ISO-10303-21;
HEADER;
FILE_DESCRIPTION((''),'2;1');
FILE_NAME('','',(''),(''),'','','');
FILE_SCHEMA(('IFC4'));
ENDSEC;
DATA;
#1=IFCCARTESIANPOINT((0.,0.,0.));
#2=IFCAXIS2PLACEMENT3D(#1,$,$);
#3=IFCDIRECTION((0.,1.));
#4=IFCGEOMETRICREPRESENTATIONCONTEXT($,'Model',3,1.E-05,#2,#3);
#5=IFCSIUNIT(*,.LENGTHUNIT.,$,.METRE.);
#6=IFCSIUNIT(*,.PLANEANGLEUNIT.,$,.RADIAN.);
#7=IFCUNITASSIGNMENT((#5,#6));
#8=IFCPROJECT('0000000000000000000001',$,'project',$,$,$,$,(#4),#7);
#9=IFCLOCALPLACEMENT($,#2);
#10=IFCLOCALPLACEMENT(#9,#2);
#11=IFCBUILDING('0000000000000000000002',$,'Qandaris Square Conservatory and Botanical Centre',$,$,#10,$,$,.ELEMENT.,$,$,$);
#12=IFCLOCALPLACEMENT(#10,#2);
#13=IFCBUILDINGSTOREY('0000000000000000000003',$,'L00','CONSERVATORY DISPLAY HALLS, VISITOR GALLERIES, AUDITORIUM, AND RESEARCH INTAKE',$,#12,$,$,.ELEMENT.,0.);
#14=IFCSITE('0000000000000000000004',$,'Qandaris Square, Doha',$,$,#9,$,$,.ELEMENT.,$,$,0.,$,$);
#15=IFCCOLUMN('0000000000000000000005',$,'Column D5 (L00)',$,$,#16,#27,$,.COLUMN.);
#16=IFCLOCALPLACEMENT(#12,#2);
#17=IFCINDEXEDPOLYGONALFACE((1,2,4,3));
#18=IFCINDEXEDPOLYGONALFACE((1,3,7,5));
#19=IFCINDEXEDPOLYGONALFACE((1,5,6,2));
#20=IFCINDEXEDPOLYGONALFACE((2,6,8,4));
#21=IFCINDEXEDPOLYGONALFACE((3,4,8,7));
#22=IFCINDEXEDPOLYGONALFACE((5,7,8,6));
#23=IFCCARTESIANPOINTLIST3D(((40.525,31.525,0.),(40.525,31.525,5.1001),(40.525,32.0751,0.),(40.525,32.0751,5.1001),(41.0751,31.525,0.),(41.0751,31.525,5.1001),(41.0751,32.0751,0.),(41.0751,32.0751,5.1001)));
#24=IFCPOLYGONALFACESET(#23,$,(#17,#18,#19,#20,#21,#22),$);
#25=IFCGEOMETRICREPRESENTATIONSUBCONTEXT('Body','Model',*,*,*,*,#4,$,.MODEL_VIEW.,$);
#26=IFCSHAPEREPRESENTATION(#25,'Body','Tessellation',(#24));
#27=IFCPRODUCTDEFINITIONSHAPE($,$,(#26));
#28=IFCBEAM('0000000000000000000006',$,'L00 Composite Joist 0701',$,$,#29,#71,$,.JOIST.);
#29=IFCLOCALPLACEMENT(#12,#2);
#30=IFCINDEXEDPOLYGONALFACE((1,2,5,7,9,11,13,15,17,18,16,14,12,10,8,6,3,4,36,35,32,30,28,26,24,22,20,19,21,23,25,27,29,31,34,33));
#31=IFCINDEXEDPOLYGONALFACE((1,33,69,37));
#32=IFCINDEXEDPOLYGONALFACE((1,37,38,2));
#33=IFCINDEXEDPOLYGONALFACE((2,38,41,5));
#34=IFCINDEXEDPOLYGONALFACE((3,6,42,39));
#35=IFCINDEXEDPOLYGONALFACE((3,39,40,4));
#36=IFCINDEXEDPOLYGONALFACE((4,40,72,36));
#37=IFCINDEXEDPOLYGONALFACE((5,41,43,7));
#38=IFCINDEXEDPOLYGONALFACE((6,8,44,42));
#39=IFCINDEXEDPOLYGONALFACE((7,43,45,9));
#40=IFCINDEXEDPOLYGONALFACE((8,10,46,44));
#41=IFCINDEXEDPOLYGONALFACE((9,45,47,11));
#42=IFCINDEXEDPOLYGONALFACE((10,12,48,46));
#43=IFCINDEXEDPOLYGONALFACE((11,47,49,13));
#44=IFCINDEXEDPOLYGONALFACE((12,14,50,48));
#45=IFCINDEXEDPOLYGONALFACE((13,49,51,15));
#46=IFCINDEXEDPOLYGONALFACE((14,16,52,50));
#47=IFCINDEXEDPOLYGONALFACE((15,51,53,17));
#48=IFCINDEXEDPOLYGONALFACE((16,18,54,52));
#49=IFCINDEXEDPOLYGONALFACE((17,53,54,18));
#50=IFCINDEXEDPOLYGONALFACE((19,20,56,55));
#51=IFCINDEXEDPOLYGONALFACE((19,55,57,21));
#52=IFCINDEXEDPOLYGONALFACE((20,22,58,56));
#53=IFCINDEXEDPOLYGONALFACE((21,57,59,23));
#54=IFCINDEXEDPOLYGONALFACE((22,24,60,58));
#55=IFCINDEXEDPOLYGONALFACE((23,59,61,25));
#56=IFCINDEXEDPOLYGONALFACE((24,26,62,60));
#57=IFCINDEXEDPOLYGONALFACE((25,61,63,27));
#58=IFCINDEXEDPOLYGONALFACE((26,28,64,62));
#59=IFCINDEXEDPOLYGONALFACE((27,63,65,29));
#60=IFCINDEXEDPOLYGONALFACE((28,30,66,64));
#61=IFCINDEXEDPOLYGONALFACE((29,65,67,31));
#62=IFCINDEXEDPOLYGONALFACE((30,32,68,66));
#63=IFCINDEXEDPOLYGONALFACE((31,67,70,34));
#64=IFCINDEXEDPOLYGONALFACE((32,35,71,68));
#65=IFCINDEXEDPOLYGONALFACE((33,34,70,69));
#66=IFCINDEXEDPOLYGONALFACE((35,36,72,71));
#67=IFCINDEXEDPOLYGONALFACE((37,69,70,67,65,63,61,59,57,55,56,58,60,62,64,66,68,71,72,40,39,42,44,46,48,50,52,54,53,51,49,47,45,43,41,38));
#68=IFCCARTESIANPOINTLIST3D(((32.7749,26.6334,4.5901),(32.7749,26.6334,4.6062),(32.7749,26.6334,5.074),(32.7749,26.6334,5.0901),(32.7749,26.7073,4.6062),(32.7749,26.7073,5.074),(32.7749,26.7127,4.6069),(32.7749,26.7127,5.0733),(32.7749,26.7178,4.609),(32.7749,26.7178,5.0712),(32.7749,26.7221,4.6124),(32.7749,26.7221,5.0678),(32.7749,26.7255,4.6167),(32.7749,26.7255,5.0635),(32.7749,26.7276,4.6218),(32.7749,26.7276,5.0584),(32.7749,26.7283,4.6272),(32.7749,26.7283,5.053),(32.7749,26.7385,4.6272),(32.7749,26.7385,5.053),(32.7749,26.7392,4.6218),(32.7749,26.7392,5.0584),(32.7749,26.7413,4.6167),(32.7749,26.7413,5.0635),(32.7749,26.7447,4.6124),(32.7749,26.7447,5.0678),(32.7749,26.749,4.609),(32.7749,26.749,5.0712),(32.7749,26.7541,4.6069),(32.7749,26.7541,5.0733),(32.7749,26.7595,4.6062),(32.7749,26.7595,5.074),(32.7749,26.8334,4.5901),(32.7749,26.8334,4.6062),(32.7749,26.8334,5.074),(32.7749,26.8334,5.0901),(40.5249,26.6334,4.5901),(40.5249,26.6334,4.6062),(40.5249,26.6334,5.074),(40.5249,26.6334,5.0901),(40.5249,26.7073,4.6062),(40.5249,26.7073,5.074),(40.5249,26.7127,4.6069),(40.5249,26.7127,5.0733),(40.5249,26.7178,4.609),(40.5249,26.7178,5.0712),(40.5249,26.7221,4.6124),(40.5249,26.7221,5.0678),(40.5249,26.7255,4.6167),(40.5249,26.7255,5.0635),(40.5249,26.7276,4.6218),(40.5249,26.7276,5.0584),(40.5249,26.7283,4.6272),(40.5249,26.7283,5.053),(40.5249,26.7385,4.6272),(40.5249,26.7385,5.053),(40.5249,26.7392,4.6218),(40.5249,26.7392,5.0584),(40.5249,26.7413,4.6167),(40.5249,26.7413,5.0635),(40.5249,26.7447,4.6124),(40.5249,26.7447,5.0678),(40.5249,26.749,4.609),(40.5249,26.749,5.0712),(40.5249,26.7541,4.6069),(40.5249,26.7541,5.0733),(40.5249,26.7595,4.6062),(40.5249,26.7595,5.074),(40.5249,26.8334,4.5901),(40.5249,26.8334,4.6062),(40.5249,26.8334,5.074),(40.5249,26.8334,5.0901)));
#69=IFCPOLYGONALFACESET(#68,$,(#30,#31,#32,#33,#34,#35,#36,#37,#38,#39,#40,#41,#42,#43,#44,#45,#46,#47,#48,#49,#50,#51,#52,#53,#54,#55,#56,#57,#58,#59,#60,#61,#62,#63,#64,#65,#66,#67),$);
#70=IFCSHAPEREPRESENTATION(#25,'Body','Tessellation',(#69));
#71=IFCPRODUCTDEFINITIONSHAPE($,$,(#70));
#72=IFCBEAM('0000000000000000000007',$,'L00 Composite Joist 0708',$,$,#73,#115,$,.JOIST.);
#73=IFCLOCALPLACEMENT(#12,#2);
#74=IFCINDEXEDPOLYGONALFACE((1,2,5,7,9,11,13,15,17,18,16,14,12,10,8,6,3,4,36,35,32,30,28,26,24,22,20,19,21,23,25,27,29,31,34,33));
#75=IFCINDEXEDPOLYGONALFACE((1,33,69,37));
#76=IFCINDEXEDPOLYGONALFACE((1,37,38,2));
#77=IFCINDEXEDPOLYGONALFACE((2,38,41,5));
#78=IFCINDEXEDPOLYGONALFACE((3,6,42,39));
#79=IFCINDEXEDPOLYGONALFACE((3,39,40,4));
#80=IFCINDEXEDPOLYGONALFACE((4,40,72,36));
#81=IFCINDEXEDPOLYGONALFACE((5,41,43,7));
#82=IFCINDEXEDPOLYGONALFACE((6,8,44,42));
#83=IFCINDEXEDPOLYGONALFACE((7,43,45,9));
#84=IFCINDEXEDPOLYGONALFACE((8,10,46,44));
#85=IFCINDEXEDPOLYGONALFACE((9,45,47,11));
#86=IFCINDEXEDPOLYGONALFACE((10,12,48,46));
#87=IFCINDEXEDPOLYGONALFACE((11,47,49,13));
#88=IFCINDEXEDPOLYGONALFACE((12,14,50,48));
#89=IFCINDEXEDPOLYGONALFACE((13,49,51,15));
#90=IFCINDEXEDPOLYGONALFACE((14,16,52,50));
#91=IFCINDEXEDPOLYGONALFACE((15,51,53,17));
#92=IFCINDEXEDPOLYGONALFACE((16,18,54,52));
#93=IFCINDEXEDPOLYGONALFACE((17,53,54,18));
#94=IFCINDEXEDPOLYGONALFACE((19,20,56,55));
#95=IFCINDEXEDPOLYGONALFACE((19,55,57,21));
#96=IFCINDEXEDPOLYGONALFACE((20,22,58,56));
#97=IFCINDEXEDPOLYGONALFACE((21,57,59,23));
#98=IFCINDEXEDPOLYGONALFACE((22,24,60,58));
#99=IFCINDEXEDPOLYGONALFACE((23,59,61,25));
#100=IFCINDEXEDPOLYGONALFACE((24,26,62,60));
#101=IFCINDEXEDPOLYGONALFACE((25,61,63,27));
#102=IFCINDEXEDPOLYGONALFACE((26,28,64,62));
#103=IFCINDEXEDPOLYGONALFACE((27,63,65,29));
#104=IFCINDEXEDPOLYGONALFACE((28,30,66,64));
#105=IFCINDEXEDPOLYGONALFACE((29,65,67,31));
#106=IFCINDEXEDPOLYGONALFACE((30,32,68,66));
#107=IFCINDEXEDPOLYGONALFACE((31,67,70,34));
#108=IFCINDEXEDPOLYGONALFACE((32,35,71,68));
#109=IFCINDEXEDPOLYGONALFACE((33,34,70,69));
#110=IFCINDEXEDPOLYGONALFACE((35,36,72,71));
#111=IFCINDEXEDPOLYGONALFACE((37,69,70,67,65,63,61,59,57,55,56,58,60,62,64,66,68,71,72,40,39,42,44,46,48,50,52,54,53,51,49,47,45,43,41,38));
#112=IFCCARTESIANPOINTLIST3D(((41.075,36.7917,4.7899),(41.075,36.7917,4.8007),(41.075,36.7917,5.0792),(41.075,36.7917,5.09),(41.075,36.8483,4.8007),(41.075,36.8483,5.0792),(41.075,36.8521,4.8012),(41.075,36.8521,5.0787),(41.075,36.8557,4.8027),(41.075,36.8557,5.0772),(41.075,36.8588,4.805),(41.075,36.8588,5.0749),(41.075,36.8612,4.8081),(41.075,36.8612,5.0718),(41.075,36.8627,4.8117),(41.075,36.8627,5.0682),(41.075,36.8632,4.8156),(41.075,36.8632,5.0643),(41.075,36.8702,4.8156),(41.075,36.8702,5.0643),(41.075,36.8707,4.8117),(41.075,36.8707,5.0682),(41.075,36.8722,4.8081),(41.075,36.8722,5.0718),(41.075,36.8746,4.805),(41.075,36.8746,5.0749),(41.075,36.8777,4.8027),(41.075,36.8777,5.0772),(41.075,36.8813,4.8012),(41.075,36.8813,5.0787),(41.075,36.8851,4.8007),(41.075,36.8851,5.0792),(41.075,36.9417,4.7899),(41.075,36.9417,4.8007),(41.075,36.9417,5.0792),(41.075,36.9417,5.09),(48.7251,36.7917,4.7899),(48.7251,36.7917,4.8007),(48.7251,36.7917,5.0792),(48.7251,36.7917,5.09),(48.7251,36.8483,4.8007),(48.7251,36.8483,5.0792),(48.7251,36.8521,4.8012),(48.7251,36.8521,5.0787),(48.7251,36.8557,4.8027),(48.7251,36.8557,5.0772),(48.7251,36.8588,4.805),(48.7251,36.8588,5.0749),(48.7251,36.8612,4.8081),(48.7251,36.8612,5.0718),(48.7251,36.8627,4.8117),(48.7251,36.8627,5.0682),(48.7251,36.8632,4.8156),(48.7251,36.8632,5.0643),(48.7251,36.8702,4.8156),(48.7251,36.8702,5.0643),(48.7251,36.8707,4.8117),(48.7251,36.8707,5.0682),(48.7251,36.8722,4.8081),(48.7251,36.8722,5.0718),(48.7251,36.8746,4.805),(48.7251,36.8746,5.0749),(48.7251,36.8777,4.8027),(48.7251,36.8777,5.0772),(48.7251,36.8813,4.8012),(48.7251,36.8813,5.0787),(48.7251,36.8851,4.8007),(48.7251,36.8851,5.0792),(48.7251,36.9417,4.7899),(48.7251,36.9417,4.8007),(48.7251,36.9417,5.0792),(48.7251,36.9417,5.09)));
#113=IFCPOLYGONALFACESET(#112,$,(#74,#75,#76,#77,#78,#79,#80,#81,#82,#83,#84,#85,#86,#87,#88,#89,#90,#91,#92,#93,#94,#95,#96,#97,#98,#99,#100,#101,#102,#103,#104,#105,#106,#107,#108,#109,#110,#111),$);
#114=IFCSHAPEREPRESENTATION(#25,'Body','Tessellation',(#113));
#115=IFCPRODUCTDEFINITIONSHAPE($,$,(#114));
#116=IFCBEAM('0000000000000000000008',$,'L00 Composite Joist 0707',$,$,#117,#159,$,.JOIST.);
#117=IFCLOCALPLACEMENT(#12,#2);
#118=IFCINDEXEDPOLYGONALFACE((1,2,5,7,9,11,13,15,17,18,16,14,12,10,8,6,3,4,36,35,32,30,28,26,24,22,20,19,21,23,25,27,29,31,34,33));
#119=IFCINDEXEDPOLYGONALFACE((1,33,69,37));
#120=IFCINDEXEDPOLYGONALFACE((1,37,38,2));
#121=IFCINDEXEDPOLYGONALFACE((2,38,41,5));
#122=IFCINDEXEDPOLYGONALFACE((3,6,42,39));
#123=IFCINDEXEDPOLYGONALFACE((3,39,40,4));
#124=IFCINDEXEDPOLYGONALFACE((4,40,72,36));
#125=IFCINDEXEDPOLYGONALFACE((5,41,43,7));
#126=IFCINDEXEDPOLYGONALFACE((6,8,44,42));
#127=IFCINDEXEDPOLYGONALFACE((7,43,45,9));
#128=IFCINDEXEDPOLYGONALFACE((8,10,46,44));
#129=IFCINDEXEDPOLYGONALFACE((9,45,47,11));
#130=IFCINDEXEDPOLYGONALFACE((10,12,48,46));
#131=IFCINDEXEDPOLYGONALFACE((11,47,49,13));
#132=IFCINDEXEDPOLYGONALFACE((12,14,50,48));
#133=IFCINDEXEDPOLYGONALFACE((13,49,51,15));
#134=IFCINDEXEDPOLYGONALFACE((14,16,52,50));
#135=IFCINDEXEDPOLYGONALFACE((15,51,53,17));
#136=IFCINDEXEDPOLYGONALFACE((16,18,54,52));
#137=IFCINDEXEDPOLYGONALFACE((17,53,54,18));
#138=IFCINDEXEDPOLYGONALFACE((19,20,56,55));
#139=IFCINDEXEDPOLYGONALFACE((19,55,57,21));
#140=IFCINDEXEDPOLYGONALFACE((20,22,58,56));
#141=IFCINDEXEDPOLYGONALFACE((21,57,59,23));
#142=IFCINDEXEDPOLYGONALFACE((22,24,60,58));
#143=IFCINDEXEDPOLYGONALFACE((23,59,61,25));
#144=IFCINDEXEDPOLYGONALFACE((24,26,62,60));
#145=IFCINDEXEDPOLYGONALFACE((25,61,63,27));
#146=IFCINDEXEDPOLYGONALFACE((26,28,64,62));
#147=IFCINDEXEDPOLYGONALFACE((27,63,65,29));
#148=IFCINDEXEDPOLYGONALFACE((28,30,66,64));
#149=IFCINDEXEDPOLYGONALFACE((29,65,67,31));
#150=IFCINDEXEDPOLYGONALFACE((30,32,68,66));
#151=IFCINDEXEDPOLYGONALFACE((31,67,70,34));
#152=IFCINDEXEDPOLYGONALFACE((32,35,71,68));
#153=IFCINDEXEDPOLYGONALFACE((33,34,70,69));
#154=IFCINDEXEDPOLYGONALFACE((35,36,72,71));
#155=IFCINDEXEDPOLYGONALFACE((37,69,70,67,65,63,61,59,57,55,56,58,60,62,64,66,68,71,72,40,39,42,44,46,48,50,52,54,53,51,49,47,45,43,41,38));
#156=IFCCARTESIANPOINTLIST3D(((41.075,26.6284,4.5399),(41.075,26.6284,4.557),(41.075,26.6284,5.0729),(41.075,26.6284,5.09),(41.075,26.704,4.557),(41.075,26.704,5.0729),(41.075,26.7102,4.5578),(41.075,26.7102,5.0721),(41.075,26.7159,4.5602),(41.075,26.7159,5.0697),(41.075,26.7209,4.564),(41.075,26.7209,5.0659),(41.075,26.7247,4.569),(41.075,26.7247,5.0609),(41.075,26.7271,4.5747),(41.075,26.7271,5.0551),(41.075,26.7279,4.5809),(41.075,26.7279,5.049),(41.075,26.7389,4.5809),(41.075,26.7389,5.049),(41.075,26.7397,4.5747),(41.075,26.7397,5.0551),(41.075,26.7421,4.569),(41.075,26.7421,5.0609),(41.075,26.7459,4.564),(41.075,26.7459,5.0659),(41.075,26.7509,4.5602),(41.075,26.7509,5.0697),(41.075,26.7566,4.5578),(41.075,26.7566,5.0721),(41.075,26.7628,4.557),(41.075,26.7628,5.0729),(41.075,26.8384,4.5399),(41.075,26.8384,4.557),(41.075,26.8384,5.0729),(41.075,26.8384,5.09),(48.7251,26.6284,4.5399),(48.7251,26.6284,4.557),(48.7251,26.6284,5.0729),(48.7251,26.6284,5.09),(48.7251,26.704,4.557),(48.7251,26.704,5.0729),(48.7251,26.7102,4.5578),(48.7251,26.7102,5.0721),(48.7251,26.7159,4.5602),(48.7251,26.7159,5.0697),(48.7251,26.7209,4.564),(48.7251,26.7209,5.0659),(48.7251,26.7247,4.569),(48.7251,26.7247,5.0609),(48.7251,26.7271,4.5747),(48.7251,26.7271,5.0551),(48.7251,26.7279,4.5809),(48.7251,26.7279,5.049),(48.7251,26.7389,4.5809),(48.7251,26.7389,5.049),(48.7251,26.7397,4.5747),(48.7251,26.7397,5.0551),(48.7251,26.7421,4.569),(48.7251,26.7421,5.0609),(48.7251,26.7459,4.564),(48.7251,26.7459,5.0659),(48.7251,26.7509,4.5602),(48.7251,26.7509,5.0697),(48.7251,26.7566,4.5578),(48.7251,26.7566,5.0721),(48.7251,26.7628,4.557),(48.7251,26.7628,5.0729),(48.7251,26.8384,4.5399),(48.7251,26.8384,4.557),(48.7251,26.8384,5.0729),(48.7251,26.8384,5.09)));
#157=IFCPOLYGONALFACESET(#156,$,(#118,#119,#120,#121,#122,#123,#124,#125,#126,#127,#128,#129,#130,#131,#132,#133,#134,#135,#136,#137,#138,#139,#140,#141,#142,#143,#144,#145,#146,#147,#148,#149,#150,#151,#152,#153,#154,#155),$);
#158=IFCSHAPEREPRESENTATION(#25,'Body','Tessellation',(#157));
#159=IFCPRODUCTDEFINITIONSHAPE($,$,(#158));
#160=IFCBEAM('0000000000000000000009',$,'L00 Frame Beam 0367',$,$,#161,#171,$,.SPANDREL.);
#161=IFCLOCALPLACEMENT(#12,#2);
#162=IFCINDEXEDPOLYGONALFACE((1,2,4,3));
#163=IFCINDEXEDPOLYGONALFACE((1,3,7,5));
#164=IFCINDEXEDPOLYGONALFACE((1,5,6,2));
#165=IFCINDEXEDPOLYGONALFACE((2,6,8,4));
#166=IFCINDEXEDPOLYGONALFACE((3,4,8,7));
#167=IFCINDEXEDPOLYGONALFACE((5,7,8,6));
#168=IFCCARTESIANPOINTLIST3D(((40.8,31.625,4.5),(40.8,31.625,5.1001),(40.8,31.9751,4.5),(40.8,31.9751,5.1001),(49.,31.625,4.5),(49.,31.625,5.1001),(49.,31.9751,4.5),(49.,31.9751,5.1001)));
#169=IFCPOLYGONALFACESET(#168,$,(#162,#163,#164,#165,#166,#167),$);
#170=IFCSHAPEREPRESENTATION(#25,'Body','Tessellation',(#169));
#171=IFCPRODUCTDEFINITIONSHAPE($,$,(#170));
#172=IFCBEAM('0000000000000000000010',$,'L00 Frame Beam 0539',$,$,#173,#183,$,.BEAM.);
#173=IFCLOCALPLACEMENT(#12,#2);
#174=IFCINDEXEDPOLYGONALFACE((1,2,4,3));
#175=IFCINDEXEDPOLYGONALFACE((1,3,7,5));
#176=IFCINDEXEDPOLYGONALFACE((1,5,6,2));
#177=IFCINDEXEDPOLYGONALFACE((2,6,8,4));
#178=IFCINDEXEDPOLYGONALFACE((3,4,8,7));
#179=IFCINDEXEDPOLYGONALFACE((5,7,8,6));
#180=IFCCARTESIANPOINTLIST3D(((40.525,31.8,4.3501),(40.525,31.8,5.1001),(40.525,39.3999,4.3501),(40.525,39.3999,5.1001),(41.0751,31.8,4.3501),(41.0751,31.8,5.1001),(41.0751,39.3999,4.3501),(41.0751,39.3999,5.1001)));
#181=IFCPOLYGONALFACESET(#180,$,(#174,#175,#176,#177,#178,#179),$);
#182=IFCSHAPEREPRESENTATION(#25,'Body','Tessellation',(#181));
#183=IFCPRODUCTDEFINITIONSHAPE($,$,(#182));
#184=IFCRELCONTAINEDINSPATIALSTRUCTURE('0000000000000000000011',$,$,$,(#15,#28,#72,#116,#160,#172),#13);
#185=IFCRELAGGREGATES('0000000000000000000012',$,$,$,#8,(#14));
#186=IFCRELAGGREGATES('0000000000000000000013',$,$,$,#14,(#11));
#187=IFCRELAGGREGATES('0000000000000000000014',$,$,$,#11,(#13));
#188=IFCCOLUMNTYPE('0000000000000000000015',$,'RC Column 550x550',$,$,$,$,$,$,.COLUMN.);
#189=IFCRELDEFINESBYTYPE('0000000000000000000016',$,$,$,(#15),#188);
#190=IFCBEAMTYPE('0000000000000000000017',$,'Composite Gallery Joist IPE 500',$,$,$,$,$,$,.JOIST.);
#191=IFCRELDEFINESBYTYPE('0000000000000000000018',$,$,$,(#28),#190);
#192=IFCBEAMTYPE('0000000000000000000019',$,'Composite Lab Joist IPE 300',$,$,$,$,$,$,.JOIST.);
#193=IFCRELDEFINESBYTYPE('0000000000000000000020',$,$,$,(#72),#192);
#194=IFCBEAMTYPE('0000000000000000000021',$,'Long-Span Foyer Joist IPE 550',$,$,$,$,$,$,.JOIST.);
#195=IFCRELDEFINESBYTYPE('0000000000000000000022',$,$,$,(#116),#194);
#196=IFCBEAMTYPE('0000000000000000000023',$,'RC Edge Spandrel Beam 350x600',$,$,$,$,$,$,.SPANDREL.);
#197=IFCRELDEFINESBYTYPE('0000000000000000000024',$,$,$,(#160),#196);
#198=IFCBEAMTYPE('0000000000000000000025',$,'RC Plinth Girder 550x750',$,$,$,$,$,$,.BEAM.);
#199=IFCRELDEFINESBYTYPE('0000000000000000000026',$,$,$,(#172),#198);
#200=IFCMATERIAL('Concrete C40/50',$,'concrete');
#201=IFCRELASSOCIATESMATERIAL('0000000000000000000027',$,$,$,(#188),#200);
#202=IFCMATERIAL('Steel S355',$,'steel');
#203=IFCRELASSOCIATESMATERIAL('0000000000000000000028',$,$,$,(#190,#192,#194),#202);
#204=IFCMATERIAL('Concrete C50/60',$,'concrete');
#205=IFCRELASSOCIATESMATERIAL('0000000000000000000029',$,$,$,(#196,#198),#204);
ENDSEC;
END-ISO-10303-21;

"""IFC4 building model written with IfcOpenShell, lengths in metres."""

from ifc_helpers import new_model, si_unit, direction, frame, origin, origin_2d, place, context, subcontext, project, spatial, rectangle, i_section, extrude, material, material_profile, profile_set, type_object, element, save


model = new_model("IFC4")

# Units and contexts
model_context = context("Model", 3, precision=1e-05, world=origin(), true_north=direction((0.0, 1.0)))
body_context = subcontext(model_context, "Body", "Model", "MODEL_VIEW")
ifc_project = project(units=[si_unit("LENGTHUNIT", "METRE"), si_unit("PLANEANGLEUNIT", "RADIAN")], contexts=[model_context])

# Site, building, storey
site_placement = place(None, origin())
site = spatial("IfcSite", under=ifc_project, at=site_placement, Name="Qandaris Square, Doha", CompositionType="ELEMENT", RefElevation=0.0)
building_placement = place(site_placement, origin())
building = spatial("IfcBuilding", under=site, at=building_placement, Name="Qandaris Square Conservatory and Botanical Centre", CompositionType="ELEMENT")
storey_placement = place(building_placement, origin())
storey = spatial("IfcBuildingStorey", under=building, at=storey_placement, Name="L00", Description="CONSERVATORY DISPLAY HALLS, VISITOR GALLERIES, AUDITORIUM, AND RESEARCH INTAKE", CompositionType="ELEMENT", Elevation=0.0)

# Shared definitions
ifc_material_1 = material(Name="Concrete C50/60", Category="concrete")

# Shared definitions
ifc_material_2 = material(Name="Concrete C40/50", Category="concrete")

# Column
ifc_material_profile_1 = material_profile(ifc_material_2, rectangle(XDim=0.55, YDim=0.55, at=origin_2d()), Name="RC-COL 550x550")
ifc_profile_set_1 = profile_set([ifc_material_profile_1], Name="Concrete C40/50")
column_type = type_object("IfcColumnType", Name="RC Column 550x550", PredefinedType="COLUMN", material=ifc_profile_set_1)
column_placement = place(storey_placement, frame((40.8, 31.8, 0.0), z_axis=(0.0, 0.0, 1.0), x_axis=(1.0, 0.0, 0.0)))
element("IfcColumn", 1, at=column_placement, inside=storey, type_object=column_type, Name="Column D5 (L00)", PredefinedType="COLUMN", context=body_context, shape_type="SweptSolid", body=[
    extrude(rectangle(XDim=0.55, YDim=0.55, at=origin_2d()), origin(), (0.0, 0.0, 1.0), 5.1001),
])

# Beams
ifc_material_3 = material(Name="Steel S355", Category="steel")
ifc_material_profile_2 = material_profile(ifc_material_3, i_section(OverallWidth=0.2, OverallDepth=0.5, WebThickness=0.0103, FlangeThickness=0.0161, FilletRadius=0.021, at=origin_2d()), Name="IPE 500")
ifc_profile_set_2 = profile_set([ifc_material_profile_2], Name="Steel S355")
beam_type_1 = type_object("IfcBeamType", Name="Composite Gallery Joist IPE 500", PredefinedType="JOIST", material=ifc_profile_set_2)
beam_1_placement = place(storey_placement, frame((32.7749, 26.7334, 4.8401), z_axis=(1.0, 0.0, 0.0), x_axis=(0.0, 1.0, 0.0)))
element("IfcBeam", 2, at=beam_1_placement, inside=storey, type_object=beam_type_1, Name="L00 Composite Joist 0701", PredefinedType="JOIST", context=body_context, shape_type="SweptSolid", body=[
    extrude(i_section(OverallWidth=0.2, OverallDepth=0.5, WebThickness=0.0103, FlangeThickness=0.0161, FilletRadius=0.021, at=origin_2d()), origin(), (0.0, 0.0, 1.0), 7.75),
])
ifc_material_profile_3 = material_profile(ifc_material_3, i_section(OverallWidth=0.1499, OverallDepth=0.3, WebThickness=0.0071, FlangeThickness=0.0107, FilletRadius=0.0149, at=origin_2d()), Name="IPE 300")
ifc_profile_set_3 = profile_set([ifc_material_profile_3], Name="Steel S355")
beam_type_2 = type_object("IfcBeamType", Name="Composite Lab Joist IPE 300", PredefinedType="JOIST", material=ifc_profile_set_3)
beam_2_placement = place(storey_placement, frame((41.075, 36.8667, 4.9399), z_axis=(1.0, 0.0, 0.0), x_axis=(0.0, 1.0, 0.0)))
element("IfcBeam", 3, at=beam_2_placement, inside=storey, type_object=beam_type_2, Name="L00 Composite Joist 0708", PredefinedType="JOIST", context=body_context, shape_type="SweptSolid", body=[
    extrude(i_section(OverallWidth=0.1499, OverallDepth=0.3, WebThickness=0.0071, FlangeThickness=0.0107, FilletRadius=0.0149, at=origin_2d()), origin(), (0.0, 0.0, 1.0), 7.6501),
])
ifc_material_profile_4 = material_profile(ifc_material_3, i_section(OverallWidth=0.21, OverallDepth=0.55, WebThickness=0.011, FlangeThickness=0.0171, FilletRadius=0.0239, at=origin_2d()), Name="IPE 550")
ifc_profile_set_4 = profile_set([ifc_material_profile_4], Name="Steel S355")
beam_type_3 = type_object("IfcBeamType", Name="Long-Span Foyer Joist IPE 550", PredefinedType="JOIST", material=ifc_profile_set_4)
beam_3_placement = place(storey_placement, frame((41.075, 26.7334, 4.8149), z_axis=(1.0, 0.0, 0.0), x_axis=(0.0, 1.0, 0.0)))
element("IfcBeam", 4, at=beam_3_placement, inside=storey, type_object=beam_type_3, Name="L00 Composite Joist 0707", PredefinedType="JOIST", context=body_context, shape_type="SweptSolid", body=[
    extrude(i_section(OverallWidth=0.21, OverallDepth=0.55, WebThickness=0.011, FlangeThickness=0.0171, FilletRadius=0.0239, at=origin_2d()), origin(), (0.0, 0.0, 1.0), 7.6501),
])
ifc_material_profile_5 = material_profile(ifc_material_1, rectangle(XDim=0.3501, YDim=0.6001, at=origin_2d()), Name="RC-SP 350x600")
ifc_profile_set_5 = profile_set([ifc_material_profile_5], Name="Concrete C50/60")
beam_type_4 = type_object("IfcBeamType", Name="RC Edge Spandrel Beam 350x600", PredefinedType="SPANDREL", material=ifc_profile_set_5)
beam_4_placement = place(storey_placement, frame((40.8, 31.8, 4.8), z_axis=(1.0, 0.0, 0.0), x_axis=(0.0, 1.0, 0.0)))
element("IfcBeam", 5, at=beam_4_placement, inside=storey, type_object=beam_type_4, Name="L00 Frame Beam 0367", PredefinedType="SPANDREL", context=body_context, shape_type="SweptSolid", body=[
    extrude(rectangle(XDim=0.3501, YDim=0.6001, at=origin_2d()), origin(), (0.0, 0.0, 1.0), 8.2),
])
ifc_material_profile_6 = material_profile(ifc_material_1, rectangle(XDim=0.55, YDim=0.75, at=origin_2d()), Name="RC-BM 550x750")
ifc_profile_set_6 = profile_set([ifc_material_profile_6], Name="Concrete C50/60")
beam_type_5 = type_object("IfcBeamType", Name="RC Plinth Girder 550x750", PredefinedType="BEAM", material=ifc_profile_set_6)
beam_5_placement = place(storey_placement, frame((40.8, 31.8, 4.7251), z_axis=(0.0, 1.0, 0.0), x_axis=(-1.0, 0.0, 0.0)))
element("IfcBeam", 6, at=beam_5_placement, inside=storey, type_object=beam_type_5, Name="L00 Frame Beam 0539", PredefinedType="BEAM", context=body_context, shape_type="SweptSolid", body=[
    extrude(rectangle(XDim=0.55, YDim=0.75, at=origin_2d()), origin(), (0.0, 0.0, 1.0), 7.5999),
])

save(model, "model.ifc")
